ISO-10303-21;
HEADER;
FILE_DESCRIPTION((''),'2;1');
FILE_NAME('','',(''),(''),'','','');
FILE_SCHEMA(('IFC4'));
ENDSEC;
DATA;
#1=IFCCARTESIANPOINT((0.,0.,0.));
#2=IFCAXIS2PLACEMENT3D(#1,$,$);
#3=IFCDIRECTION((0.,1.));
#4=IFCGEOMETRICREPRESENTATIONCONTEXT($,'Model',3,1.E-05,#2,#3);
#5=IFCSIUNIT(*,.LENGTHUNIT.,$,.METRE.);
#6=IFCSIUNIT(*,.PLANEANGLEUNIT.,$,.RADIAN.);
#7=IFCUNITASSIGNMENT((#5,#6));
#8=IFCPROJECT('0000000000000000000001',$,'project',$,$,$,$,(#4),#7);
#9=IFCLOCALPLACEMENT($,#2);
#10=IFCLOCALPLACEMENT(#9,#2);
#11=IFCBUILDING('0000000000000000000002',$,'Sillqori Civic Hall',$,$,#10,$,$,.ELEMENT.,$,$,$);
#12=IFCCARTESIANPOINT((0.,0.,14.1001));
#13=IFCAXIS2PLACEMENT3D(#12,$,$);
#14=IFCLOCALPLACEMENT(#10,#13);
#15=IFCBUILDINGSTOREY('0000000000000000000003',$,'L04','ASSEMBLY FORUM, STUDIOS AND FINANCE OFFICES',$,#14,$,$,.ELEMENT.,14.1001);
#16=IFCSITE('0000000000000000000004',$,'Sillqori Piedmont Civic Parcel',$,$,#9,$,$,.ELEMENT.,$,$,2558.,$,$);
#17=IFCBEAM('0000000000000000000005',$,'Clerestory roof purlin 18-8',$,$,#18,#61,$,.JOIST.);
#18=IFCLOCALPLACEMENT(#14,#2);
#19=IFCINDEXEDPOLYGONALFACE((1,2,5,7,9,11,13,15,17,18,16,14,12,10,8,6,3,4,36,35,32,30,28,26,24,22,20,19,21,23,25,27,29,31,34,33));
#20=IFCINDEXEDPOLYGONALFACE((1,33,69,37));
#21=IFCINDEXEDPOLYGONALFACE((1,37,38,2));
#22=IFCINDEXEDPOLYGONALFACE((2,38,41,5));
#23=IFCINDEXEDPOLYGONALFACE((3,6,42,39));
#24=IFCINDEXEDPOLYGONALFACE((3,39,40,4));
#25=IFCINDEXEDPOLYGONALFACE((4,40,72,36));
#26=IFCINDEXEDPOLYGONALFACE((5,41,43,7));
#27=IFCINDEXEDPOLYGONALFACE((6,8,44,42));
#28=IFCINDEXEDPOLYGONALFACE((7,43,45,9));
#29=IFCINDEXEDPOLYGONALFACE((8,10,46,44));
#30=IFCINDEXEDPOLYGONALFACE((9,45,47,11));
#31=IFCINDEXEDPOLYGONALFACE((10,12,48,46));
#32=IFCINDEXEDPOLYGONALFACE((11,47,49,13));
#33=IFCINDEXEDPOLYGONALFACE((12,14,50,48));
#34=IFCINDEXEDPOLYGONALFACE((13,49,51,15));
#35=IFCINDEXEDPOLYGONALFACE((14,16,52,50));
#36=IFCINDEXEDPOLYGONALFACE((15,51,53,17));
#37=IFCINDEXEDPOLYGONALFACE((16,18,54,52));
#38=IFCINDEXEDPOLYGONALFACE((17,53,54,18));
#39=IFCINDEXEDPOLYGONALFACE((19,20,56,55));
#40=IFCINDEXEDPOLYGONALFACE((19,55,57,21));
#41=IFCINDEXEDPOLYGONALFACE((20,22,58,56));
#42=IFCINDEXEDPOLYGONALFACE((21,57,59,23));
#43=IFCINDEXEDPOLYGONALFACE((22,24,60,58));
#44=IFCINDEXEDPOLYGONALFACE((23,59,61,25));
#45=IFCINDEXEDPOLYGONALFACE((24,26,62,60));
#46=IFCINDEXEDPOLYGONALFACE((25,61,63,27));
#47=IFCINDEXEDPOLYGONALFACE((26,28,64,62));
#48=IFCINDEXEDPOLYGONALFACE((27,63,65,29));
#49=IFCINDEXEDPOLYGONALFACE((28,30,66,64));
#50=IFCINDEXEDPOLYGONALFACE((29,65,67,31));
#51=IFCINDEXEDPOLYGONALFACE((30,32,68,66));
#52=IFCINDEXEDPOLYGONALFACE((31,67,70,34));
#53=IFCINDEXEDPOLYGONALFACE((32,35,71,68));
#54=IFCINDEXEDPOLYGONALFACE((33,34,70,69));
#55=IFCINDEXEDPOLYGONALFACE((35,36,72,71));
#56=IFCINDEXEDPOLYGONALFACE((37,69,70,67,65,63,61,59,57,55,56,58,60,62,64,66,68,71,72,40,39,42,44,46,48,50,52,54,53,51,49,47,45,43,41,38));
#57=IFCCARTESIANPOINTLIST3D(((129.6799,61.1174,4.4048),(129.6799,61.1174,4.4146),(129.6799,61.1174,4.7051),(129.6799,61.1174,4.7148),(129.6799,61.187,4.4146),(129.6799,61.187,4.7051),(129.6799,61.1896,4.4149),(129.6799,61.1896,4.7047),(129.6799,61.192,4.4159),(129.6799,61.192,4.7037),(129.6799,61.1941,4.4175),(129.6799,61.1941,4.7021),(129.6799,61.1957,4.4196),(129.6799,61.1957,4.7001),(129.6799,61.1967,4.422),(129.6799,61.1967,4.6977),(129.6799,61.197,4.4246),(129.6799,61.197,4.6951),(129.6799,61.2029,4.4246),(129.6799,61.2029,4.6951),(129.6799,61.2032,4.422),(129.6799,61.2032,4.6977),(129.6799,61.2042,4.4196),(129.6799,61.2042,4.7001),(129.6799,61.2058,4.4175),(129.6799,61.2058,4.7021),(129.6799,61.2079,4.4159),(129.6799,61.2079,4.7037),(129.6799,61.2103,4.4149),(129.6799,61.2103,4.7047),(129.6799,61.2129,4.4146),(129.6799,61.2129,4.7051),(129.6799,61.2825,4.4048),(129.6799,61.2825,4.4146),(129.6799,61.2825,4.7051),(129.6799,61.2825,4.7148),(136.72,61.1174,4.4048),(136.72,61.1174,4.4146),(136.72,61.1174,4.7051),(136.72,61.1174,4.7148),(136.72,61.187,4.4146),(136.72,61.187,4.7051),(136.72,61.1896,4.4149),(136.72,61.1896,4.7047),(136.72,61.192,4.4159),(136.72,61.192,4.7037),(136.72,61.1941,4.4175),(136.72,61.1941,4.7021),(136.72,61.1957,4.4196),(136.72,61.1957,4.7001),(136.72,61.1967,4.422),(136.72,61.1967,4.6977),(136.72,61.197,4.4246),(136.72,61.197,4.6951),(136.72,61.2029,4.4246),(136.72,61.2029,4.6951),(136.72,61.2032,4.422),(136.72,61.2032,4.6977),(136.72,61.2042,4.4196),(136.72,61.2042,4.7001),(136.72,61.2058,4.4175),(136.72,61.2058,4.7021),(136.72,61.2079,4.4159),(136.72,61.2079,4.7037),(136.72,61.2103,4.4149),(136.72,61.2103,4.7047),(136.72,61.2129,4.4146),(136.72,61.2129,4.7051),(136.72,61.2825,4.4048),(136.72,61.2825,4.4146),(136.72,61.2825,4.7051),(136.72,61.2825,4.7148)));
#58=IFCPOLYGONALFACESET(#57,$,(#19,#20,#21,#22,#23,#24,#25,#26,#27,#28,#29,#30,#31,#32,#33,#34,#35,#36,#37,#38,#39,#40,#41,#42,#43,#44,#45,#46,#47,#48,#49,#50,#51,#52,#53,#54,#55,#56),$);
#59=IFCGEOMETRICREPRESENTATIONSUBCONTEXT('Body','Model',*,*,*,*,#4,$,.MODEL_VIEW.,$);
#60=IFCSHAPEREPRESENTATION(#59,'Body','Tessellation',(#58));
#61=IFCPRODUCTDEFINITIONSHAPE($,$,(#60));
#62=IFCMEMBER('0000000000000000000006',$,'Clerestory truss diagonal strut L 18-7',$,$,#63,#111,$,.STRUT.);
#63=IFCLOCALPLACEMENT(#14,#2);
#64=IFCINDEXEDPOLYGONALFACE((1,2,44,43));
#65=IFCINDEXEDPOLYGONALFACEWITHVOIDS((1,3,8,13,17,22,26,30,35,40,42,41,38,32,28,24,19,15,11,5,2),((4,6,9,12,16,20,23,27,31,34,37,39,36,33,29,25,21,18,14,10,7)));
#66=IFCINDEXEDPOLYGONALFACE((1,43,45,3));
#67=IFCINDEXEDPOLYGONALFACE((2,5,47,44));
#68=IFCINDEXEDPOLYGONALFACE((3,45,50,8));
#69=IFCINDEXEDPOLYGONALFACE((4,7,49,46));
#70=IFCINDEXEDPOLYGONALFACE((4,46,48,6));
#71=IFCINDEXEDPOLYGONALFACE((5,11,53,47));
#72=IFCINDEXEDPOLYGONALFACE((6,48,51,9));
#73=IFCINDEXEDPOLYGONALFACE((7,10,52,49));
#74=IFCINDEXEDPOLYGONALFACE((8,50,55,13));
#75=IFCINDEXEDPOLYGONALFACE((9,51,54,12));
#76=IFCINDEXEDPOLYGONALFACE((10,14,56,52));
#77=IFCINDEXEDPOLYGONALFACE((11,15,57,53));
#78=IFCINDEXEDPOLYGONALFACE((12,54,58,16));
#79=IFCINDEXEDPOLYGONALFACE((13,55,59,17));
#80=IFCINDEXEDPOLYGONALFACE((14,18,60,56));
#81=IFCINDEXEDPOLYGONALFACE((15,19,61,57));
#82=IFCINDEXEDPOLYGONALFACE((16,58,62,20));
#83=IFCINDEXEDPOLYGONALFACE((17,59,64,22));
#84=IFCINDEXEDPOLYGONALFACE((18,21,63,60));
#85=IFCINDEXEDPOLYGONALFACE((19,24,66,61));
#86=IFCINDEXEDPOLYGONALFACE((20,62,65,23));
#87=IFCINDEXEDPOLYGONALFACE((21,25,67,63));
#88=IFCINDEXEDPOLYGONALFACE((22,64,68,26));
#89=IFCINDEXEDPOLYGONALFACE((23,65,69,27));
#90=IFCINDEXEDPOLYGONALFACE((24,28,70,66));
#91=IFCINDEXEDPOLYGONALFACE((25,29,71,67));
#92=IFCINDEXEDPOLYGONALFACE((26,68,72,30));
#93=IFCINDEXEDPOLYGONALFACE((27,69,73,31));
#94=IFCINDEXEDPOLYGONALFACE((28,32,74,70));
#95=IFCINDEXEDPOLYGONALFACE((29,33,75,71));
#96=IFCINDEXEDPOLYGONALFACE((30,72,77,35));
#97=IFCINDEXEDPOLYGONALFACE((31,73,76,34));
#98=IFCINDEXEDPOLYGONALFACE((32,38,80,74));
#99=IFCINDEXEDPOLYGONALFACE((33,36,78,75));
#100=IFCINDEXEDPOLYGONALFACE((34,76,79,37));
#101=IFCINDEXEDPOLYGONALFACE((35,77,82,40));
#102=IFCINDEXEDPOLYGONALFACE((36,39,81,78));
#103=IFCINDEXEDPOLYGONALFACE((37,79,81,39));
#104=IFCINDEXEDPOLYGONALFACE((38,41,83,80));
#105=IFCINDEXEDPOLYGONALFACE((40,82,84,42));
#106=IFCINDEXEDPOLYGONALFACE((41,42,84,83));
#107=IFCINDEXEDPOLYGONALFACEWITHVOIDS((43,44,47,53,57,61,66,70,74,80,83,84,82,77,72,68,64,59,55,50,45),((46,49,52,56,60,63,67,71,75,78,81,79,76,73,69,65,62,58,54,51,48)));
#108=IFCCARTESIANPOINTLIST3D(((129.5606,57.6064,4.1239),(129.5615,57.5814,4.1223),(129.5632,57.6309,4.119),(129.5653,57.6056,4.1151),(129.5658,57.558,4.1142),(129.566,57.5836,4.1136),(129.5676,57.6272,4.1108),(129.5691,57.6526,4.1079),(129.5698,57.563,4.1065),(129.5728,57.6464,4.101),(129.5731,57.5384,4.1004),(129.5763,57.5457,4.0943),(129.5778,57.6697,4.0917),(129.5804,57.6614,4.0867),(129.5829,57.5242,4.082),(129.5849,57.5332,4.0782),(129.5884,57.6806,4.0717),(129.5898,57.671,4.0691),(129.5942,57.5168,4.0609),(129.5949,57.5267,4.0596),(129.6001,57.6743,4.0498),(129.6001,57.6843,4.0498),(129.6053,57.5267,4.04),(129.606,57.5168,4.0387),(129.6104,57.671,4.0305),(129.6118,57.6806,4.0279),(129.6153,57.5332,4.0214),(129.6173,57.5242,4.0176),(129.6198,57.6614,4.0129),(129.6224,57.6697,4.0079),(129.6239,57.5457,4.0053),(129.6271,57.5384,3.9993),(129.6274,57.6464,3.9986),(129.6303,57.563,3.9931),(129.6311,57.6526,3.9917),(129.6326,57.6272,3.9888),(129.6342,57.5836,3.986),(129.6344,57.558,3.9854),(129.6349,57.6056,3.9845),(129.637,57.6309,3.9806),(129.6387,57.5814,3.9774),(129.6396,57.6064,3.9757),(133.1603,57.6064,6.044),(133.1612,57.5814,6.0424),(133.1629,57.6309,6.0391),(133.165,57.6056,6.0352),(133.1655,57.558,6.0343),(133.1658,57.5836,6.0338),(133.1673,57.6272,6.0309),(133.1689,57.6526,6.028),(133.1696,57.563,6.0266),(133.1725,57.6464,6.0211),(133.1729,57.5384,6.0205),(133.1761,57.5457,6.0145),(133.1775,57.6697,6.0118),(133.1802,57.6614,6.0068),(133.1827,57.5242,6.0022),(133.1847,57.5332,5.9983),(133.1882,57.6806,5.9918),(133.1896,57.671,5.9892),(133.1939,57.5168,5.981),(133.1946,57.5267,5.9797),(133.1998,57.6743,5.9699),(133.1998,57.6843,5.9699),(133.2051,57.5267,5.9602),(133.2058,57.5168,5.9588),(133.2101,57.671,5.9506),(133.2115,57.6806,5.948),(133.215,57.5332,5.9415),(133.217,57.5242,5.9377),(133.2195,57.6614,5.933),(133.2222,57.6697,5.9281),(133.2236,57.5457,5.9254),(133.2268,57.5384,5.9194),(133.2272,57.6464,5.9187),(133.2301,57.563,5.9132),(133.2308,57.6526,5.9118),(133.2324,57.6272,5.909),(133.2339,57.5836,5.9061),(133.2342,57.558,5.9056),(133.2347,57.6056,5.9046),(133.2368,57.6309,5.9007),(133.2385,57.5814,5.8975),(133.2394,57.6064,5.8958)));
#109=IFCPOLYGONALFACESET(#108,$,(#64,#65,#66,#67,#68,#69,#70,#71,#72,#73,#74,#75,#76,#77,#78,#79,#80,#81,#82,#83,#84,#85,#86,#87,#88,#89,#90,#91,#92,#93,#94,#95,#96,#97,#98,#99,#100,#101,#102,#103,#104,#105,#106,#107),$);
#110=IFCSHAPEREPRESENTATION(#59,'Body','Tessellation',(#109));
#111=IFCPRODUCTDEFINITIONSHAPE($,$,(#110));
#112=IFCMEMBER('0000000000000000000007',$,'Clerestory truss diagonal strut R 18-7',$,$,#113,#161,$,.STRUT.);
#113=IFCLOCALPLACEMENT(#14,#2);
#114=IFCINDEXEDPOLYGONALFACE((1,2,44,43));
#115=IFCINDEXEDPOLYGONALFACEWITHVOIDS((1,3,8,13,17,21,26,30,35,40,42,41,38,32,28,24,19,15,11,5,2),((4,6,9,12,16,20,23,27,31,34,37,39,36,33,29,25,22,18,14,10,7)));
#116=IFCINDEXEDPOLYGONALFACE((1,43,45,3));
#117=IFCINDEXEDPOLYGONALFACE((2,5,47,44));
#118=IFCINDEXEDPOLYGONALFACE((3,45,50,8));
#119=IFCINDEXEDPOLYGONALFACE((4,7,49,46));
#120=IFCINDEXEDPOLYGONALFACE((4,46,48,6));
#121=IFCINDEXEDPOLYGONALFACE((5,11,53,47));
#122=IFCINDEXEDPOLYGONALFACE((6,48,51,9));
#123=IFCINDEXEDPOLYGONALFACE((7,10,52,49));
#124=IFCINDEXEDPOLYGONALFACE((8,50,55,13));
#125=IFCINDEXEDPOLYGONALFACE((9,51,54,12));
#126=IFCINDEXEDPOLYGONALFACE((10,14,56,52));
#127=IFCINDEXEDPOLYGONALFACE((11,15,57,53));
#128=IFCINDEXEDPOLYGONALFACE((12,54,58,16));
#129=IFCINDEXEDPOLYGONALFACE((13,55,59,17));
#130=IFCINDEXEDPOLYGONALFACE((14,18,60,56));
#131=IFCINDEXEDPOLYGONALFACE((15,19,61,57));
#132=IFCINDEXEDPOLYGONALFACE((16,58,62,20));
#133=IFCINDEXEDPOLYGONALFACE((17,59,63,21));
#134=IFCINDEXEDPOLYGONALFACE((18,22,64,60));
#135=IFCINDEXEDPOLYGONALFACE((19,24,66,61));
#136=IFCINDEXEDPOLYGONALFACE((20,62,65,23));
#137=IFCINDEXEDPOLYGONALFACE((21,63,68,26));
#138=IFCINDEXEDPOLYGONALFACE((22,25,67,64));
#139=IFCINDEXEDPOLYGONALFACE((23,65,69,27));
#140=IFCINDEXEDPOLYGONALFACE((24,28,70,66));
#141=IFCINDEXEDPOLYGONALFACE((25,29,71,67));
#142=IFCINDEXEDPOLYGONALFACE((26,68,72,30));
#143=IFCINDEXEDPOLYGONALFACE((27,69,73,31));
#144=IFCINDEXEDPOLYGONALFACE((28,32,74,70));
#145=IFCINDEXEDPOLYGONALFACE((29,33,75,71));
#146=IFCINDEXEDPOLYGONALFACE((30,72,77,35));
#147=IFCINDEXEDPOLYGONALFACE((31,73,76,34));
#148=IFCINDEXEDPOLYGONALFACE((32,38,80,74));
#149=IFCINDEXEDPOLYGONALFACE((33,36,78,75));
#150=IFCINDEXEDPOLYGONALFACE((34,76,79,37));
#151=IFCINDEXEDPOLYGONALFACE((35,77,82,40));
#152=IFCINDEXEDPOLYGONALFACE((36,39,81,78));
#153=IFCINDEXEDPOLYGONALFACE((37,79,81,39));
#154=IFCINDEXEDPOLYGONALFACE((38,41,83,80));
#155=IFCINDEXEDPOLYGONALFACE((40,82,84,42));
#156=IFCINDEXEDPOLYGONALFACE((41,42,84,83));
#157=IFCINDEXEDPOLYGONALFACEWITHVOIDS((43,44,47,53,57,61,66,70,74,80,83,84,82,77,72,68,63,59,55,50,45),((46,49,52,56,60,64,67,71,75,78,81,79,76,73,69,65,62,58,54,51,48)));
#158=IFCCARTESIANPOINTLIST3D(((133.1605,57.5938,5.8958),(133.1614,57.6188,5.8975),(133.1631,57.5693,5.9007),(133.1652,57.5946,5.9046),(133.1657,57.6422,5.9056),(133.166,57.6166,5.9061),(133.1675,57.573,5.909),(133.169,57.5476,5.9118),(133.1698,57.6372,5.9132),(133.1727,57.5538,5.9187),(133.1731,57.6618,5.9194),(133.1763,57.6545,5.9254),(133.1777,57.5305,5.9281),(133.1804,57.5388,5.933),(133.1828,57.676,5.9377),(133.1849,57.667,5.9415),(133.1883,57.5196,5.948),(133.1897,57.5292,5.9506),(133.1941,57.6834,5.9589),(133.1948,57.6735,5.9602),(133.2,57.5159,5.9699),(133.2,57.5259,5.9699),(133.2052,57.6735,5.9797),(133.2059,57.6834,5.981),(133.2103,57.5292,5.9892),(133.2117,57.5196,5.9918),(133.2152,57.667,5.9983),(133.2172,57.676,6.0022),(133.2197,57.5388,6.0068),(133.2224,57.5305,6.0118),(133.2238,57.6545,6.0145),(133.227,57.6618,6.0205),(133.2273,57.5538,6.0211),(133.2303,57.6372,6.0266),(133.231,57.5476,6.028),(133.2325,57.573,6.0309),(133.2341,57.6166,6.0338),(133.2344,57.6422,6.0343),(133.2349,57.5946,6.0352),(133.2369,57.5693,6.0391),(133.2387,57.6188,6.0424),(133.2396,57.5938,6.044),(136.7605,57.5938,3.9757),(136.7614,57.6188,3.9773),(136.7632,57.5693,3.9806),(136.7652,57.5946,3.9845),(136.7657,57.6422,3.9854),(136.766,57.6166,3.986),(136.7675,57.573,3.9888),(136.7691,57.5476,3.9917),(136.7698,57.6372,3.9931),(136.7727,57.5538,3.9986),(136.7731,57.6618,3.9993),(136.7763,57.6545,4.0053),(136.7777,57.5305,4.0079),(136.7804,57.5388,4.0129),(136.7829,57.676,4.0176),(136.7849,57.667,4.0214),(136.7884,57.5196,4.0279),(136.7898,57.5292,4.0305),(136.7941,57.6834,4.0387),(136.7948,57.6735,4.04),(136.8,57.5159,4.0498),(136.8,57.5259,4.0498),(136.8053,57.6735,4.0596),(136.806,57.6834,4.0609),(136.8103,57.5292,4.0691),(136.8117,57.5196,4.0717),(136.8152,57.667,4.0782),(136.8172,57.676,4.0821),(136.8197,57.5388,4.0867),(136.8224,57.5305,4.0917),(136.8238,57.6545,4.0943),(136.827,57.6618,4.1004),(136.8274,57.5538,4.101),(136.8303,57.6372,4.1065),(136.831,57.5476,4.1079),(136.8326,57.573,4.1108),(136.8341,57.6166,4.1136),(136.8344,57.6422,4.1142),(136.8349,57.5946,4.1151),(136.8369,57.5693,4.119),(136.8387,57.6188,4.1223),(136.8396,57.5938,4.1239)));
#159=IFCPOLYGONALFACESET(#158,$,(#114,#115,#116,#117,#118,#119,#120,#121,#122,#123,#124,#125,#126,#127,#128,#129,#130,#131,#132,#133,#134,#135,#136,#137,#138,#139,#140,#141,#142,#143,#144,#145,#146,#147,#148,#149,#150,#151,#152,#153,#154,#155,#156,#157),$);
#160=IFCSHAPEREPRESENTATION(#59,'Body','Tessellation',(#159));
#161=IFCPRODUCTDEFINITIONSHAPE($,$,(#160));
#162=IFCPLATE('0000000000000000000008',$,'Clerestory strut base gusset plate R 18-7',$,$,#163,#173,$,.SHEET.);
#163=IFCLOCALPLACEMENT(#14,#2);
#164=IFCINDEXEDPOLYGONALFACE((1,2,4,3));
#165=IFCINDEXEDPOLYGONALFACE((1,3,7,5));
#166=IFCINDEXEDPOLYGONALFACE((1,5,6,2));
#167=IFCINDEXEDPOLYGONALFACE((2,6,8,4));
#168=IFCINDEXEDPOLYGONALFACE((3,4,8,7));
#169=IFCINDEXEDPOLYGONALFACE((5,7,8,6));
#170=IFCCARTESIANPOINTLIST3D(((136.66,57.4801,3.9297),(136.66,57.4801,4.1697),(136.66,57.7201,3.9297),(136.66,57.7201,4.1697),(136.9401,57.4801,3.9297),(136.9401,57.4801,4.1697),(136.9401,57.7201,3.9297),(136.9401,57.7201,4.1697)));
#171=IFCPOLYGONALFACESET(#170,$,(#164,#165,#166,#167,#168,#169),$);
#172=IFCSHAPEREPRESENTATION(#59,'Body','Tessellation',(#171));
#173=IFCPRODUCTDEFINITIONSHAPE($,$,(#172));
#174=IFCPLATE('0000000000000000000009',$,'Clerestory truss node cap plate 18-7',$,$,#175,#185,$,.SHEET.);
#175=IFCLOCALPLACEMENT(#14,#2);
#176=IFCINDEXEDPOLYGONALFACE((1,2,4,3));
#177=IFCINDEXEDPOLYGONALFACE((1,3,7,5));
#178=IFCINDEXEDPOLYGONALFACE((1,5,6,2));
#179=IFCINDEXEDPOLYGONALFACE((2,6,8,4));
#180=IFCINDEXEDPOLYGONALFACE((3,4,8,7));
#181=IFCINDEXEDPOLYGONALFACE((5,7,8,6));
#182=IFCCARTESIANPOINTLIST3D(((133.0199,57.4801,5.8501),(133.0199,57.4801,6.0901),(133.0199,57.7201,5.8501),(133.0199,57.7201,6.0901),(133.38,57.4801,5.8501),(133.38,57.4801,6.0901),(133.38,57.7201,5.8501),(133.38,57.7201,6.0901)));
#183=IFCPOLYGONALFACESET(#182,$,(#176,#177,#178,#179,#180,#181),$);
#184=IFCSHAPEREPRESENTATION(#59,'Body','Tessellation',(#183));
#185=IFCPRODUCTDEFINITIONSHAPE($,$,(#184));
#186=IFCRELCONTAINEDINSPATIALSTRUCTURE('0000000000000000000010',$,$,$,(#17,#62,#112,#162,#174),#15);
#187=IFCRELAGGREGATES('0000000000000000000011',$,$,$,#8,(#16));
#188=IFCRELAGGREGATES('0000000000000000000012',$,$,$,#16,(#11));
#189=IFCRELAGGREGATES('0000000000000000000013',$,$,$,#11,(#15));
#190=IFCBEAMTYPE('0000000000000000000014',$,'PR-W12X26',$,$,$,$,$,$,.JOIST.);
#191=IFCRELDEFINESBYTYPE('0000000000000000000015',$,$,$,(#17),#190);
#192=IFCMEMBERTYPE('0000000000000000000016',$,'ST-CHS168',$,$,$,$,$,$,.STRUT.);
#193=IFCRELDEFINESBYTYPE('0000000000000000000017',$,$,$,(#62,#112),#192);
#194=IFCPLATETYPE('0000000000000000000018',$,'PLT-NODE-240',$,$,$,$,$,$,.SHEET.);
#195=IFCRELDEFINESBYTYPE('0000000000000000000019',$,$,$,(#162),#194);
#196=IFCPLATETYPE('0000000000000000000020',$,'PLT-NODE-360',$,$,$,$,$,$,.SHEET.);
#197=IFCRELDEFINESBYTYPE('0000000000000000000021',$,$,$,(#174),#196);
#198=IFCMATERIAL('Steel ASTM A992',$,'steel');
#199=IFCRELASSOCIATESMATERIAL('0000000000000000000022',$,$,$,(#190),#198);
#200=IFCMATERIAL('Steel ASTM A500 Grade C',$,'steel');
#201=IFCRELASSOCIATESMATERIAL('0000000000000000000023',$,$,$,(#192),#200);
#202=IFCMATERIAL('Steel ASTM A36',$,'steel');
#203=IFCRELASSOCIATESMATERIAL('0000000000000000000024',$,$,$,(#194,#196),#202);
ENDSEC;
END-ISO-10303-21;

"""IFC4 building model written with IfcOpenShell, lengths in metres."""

from ifc_helpers import new_model, si_unit, direction, frame, origin, origin_2d, place, context, subcontext, project, spatial, rectangle, hollow_circle, i_section, extrude, material, material_profile, profile_set, type_object, element, save


model = new_model("IFC4")

# Units and contexts
model_context = context("Model", 3, precision=1e-05, world=origin(), true_north=direction((0.0, 1.0)))
body_context = subcontext(model_context, "Body", "Model", "MODEL_VIEW")
ifc_project = project(units=[si_unit("LENGTHUNIT", "METRE"), si_unit("PLANEANGLEUNIT", "RADIAN")], contexts=[model_context])

# Site, building, storey
site_placement = place(None, origin())
site = spatial("IfcSite", under=ifc_project, at=site_placement, Name="Sillqori Piedmont Civic Parcel", CompositionType="ELEMENT", RefElevation=2558.0)
building_placement = place(site_placement, origin())
building = spatial("IfcBuilding", under=site, at=building_placement, Name="Sillqori Civic Hall", CompositionType="ELEMENT")
storey_placement = place(building_placement, frame((0.0, 0.0, 14.1001)))
storey = spatial("IfcBuildingStorey", under=building, at=storey_placement, Name="L04", Description="ASSEMBLY FORUM, STUDIOS AND FINANCE OFFICES", CompositionType="ELEMENT", Elevation=14.1001)

# Shared definitions
ifc_material_1 = material(Name="Steel ASTM A992", Category="steel")

# Shared definitions
ifc_material_2 = material(Name="Steel ASTM A500 Grade C", Category="steel")

# Beam
ifc_material_profile_1 = material_profile(ifc_material_1, i_section(OverallWidth=0.165, OverallDepth=0.3101, WebThickness=0.0059, FlangeThickness=0.0098, FilletRadius=0.01, at=origin_2d()), Name="W12X26")
ifc_profile_set_1 = profile_set([ifc_material_profile_1], Name="Steel ASTM A992")
beam_type_1 = type_object("IfcBeamType", Name="PR-W12X26", PredefinedType="JOIST", material=ifc_profile_set_1)
beam_placement = place(storey_placement, frame((129.6799, 61.2, 4.5598), z_axis=(1.0, 0.0, 0.0), x_axis=(0.0, 1.0, 0.0)))
element("IfcBeam", 1, at=beam_placement, inside=storey, type_object=beam_type_1, Name="Clerestory roof purlin 18-8", PredefinedType="JOIST", context=body_context, shape_type="SweptSolid", body=[
    extrude(i_section(OverallWidth=0.165, OverallDepth=0.3101, WebThickness=0.0059, FlangeThickness=0.0098, FilletRadius=0.01, at=origin_2d()), origin(), (0.0, 0.0, 1.0), 7.04),
])

# Members
ifc_material_profile_2 = material_profile(ifc_material_2, hollow_circle(Radius=0.0842, WallThickness=0.01, at=origin_2d()), Name="CHS168X10")
ifc_profile_set_2 = profile_set([ifc_material_profile_2], Name="Steel ASTM A500 Grade C")
member_type_1 = type_object("IfcMemberType", Name="ST-CHS168", PredefinedType="STRUT", material=ifc_profile_set_2)
member_1_placement = place(storey_placement, frame((129.6001, 57.6001, 4.0498), z_axis=(0.882328, 0.0, 0.470635), x_axis=(0.0, 1.0, 0.0)))
element("IfcMember", 2, at=member_1_placement, inside=storey, type_object=member_type_1, Name="Clerestory truss diagonal strut L 18-7", PredefinedType="STRUT", context=body_context, shape_type="SweptSolid", body=[
    extrude(hollow_circle(Radius=0.0842, WallThickness=0.01, at=origin_2d()), origin(), (0.0, 0.0, 1.0), 4.0798),
])
member_2_placement = place(storey_placement, frame((136.8, 57.6001, 4.0498), z_axis=(-0.882341, 0.0, 0.47061), x_axis=(0.0, -1.0, 0.0)))
element("IfcMember", 3, at=member_2_placement, inside=storey, type_object=member_type_1, Name="Clerestory truss diagonal strut R 18-7", PredefinedType="STRUT", context=body_context, shape_type="SweptSolid", body=[
    extrude(hollow_circle(Radius=0.0842, WallThickness=0.01, at=origin_2d()), origin(), (0.0, 0.0, 1.0), 4.0801),
])

# Plates
ifc_material_3 = material(Name="Steel ASTM A36", Category="steel")
plate_type_1 = type_object("IfcPlateType", Name="PLT-NODE-240", PredefinedType="SHEET", material=ifc_material_3)
plate_1_placement = place(storey_placement, frame((136.8, 57.6001, 3.9297), z_axis=(0.0, 0.0, 1.0), x_axis=(1.0, 0.0, 0.0)))
element("IfcPlate", 4, at=plate_1_placement, inside=storey, type_object=plate_type_1, Name="Clerestory strut base gusset plate R 18-7", PredefinedType="SHEET", context=body_context, shape_type="SweptSolid", body=[
    extrude(rectangle(XDim=0.28, YDim=0.24, at=origin_2d()), origin(), (0.0, 0.0, 1.0), 0.24),
])
plate_type_2 = type_object("IfcPlateType", Name="PLT-NODE-360", PredefinedType="SHEET", material=ifc_material_3)
plate_2_placement = place(storey_placement, frame((133.2, 57.6001, 5.8501), z_axis=(0.0, 0.0, 1.0), x_axis=(1.0, 0.0, 0.0)))
element("IfcPlate", 5, at=plate_2_placement, inside=storey, type_object=plate_type_2, Name="Clerestory truss node cap plate 18-7", PredefinedType="SHEET", context=body_context, shape_type="SweptSolid", body=[
    extrude(rectangle(XDim=0.3601, YDim=0.24, at=origin_2d()), origin(), (0.0, 0.0, 1.0), 0.24),
])

save(model, "model.ifc")
